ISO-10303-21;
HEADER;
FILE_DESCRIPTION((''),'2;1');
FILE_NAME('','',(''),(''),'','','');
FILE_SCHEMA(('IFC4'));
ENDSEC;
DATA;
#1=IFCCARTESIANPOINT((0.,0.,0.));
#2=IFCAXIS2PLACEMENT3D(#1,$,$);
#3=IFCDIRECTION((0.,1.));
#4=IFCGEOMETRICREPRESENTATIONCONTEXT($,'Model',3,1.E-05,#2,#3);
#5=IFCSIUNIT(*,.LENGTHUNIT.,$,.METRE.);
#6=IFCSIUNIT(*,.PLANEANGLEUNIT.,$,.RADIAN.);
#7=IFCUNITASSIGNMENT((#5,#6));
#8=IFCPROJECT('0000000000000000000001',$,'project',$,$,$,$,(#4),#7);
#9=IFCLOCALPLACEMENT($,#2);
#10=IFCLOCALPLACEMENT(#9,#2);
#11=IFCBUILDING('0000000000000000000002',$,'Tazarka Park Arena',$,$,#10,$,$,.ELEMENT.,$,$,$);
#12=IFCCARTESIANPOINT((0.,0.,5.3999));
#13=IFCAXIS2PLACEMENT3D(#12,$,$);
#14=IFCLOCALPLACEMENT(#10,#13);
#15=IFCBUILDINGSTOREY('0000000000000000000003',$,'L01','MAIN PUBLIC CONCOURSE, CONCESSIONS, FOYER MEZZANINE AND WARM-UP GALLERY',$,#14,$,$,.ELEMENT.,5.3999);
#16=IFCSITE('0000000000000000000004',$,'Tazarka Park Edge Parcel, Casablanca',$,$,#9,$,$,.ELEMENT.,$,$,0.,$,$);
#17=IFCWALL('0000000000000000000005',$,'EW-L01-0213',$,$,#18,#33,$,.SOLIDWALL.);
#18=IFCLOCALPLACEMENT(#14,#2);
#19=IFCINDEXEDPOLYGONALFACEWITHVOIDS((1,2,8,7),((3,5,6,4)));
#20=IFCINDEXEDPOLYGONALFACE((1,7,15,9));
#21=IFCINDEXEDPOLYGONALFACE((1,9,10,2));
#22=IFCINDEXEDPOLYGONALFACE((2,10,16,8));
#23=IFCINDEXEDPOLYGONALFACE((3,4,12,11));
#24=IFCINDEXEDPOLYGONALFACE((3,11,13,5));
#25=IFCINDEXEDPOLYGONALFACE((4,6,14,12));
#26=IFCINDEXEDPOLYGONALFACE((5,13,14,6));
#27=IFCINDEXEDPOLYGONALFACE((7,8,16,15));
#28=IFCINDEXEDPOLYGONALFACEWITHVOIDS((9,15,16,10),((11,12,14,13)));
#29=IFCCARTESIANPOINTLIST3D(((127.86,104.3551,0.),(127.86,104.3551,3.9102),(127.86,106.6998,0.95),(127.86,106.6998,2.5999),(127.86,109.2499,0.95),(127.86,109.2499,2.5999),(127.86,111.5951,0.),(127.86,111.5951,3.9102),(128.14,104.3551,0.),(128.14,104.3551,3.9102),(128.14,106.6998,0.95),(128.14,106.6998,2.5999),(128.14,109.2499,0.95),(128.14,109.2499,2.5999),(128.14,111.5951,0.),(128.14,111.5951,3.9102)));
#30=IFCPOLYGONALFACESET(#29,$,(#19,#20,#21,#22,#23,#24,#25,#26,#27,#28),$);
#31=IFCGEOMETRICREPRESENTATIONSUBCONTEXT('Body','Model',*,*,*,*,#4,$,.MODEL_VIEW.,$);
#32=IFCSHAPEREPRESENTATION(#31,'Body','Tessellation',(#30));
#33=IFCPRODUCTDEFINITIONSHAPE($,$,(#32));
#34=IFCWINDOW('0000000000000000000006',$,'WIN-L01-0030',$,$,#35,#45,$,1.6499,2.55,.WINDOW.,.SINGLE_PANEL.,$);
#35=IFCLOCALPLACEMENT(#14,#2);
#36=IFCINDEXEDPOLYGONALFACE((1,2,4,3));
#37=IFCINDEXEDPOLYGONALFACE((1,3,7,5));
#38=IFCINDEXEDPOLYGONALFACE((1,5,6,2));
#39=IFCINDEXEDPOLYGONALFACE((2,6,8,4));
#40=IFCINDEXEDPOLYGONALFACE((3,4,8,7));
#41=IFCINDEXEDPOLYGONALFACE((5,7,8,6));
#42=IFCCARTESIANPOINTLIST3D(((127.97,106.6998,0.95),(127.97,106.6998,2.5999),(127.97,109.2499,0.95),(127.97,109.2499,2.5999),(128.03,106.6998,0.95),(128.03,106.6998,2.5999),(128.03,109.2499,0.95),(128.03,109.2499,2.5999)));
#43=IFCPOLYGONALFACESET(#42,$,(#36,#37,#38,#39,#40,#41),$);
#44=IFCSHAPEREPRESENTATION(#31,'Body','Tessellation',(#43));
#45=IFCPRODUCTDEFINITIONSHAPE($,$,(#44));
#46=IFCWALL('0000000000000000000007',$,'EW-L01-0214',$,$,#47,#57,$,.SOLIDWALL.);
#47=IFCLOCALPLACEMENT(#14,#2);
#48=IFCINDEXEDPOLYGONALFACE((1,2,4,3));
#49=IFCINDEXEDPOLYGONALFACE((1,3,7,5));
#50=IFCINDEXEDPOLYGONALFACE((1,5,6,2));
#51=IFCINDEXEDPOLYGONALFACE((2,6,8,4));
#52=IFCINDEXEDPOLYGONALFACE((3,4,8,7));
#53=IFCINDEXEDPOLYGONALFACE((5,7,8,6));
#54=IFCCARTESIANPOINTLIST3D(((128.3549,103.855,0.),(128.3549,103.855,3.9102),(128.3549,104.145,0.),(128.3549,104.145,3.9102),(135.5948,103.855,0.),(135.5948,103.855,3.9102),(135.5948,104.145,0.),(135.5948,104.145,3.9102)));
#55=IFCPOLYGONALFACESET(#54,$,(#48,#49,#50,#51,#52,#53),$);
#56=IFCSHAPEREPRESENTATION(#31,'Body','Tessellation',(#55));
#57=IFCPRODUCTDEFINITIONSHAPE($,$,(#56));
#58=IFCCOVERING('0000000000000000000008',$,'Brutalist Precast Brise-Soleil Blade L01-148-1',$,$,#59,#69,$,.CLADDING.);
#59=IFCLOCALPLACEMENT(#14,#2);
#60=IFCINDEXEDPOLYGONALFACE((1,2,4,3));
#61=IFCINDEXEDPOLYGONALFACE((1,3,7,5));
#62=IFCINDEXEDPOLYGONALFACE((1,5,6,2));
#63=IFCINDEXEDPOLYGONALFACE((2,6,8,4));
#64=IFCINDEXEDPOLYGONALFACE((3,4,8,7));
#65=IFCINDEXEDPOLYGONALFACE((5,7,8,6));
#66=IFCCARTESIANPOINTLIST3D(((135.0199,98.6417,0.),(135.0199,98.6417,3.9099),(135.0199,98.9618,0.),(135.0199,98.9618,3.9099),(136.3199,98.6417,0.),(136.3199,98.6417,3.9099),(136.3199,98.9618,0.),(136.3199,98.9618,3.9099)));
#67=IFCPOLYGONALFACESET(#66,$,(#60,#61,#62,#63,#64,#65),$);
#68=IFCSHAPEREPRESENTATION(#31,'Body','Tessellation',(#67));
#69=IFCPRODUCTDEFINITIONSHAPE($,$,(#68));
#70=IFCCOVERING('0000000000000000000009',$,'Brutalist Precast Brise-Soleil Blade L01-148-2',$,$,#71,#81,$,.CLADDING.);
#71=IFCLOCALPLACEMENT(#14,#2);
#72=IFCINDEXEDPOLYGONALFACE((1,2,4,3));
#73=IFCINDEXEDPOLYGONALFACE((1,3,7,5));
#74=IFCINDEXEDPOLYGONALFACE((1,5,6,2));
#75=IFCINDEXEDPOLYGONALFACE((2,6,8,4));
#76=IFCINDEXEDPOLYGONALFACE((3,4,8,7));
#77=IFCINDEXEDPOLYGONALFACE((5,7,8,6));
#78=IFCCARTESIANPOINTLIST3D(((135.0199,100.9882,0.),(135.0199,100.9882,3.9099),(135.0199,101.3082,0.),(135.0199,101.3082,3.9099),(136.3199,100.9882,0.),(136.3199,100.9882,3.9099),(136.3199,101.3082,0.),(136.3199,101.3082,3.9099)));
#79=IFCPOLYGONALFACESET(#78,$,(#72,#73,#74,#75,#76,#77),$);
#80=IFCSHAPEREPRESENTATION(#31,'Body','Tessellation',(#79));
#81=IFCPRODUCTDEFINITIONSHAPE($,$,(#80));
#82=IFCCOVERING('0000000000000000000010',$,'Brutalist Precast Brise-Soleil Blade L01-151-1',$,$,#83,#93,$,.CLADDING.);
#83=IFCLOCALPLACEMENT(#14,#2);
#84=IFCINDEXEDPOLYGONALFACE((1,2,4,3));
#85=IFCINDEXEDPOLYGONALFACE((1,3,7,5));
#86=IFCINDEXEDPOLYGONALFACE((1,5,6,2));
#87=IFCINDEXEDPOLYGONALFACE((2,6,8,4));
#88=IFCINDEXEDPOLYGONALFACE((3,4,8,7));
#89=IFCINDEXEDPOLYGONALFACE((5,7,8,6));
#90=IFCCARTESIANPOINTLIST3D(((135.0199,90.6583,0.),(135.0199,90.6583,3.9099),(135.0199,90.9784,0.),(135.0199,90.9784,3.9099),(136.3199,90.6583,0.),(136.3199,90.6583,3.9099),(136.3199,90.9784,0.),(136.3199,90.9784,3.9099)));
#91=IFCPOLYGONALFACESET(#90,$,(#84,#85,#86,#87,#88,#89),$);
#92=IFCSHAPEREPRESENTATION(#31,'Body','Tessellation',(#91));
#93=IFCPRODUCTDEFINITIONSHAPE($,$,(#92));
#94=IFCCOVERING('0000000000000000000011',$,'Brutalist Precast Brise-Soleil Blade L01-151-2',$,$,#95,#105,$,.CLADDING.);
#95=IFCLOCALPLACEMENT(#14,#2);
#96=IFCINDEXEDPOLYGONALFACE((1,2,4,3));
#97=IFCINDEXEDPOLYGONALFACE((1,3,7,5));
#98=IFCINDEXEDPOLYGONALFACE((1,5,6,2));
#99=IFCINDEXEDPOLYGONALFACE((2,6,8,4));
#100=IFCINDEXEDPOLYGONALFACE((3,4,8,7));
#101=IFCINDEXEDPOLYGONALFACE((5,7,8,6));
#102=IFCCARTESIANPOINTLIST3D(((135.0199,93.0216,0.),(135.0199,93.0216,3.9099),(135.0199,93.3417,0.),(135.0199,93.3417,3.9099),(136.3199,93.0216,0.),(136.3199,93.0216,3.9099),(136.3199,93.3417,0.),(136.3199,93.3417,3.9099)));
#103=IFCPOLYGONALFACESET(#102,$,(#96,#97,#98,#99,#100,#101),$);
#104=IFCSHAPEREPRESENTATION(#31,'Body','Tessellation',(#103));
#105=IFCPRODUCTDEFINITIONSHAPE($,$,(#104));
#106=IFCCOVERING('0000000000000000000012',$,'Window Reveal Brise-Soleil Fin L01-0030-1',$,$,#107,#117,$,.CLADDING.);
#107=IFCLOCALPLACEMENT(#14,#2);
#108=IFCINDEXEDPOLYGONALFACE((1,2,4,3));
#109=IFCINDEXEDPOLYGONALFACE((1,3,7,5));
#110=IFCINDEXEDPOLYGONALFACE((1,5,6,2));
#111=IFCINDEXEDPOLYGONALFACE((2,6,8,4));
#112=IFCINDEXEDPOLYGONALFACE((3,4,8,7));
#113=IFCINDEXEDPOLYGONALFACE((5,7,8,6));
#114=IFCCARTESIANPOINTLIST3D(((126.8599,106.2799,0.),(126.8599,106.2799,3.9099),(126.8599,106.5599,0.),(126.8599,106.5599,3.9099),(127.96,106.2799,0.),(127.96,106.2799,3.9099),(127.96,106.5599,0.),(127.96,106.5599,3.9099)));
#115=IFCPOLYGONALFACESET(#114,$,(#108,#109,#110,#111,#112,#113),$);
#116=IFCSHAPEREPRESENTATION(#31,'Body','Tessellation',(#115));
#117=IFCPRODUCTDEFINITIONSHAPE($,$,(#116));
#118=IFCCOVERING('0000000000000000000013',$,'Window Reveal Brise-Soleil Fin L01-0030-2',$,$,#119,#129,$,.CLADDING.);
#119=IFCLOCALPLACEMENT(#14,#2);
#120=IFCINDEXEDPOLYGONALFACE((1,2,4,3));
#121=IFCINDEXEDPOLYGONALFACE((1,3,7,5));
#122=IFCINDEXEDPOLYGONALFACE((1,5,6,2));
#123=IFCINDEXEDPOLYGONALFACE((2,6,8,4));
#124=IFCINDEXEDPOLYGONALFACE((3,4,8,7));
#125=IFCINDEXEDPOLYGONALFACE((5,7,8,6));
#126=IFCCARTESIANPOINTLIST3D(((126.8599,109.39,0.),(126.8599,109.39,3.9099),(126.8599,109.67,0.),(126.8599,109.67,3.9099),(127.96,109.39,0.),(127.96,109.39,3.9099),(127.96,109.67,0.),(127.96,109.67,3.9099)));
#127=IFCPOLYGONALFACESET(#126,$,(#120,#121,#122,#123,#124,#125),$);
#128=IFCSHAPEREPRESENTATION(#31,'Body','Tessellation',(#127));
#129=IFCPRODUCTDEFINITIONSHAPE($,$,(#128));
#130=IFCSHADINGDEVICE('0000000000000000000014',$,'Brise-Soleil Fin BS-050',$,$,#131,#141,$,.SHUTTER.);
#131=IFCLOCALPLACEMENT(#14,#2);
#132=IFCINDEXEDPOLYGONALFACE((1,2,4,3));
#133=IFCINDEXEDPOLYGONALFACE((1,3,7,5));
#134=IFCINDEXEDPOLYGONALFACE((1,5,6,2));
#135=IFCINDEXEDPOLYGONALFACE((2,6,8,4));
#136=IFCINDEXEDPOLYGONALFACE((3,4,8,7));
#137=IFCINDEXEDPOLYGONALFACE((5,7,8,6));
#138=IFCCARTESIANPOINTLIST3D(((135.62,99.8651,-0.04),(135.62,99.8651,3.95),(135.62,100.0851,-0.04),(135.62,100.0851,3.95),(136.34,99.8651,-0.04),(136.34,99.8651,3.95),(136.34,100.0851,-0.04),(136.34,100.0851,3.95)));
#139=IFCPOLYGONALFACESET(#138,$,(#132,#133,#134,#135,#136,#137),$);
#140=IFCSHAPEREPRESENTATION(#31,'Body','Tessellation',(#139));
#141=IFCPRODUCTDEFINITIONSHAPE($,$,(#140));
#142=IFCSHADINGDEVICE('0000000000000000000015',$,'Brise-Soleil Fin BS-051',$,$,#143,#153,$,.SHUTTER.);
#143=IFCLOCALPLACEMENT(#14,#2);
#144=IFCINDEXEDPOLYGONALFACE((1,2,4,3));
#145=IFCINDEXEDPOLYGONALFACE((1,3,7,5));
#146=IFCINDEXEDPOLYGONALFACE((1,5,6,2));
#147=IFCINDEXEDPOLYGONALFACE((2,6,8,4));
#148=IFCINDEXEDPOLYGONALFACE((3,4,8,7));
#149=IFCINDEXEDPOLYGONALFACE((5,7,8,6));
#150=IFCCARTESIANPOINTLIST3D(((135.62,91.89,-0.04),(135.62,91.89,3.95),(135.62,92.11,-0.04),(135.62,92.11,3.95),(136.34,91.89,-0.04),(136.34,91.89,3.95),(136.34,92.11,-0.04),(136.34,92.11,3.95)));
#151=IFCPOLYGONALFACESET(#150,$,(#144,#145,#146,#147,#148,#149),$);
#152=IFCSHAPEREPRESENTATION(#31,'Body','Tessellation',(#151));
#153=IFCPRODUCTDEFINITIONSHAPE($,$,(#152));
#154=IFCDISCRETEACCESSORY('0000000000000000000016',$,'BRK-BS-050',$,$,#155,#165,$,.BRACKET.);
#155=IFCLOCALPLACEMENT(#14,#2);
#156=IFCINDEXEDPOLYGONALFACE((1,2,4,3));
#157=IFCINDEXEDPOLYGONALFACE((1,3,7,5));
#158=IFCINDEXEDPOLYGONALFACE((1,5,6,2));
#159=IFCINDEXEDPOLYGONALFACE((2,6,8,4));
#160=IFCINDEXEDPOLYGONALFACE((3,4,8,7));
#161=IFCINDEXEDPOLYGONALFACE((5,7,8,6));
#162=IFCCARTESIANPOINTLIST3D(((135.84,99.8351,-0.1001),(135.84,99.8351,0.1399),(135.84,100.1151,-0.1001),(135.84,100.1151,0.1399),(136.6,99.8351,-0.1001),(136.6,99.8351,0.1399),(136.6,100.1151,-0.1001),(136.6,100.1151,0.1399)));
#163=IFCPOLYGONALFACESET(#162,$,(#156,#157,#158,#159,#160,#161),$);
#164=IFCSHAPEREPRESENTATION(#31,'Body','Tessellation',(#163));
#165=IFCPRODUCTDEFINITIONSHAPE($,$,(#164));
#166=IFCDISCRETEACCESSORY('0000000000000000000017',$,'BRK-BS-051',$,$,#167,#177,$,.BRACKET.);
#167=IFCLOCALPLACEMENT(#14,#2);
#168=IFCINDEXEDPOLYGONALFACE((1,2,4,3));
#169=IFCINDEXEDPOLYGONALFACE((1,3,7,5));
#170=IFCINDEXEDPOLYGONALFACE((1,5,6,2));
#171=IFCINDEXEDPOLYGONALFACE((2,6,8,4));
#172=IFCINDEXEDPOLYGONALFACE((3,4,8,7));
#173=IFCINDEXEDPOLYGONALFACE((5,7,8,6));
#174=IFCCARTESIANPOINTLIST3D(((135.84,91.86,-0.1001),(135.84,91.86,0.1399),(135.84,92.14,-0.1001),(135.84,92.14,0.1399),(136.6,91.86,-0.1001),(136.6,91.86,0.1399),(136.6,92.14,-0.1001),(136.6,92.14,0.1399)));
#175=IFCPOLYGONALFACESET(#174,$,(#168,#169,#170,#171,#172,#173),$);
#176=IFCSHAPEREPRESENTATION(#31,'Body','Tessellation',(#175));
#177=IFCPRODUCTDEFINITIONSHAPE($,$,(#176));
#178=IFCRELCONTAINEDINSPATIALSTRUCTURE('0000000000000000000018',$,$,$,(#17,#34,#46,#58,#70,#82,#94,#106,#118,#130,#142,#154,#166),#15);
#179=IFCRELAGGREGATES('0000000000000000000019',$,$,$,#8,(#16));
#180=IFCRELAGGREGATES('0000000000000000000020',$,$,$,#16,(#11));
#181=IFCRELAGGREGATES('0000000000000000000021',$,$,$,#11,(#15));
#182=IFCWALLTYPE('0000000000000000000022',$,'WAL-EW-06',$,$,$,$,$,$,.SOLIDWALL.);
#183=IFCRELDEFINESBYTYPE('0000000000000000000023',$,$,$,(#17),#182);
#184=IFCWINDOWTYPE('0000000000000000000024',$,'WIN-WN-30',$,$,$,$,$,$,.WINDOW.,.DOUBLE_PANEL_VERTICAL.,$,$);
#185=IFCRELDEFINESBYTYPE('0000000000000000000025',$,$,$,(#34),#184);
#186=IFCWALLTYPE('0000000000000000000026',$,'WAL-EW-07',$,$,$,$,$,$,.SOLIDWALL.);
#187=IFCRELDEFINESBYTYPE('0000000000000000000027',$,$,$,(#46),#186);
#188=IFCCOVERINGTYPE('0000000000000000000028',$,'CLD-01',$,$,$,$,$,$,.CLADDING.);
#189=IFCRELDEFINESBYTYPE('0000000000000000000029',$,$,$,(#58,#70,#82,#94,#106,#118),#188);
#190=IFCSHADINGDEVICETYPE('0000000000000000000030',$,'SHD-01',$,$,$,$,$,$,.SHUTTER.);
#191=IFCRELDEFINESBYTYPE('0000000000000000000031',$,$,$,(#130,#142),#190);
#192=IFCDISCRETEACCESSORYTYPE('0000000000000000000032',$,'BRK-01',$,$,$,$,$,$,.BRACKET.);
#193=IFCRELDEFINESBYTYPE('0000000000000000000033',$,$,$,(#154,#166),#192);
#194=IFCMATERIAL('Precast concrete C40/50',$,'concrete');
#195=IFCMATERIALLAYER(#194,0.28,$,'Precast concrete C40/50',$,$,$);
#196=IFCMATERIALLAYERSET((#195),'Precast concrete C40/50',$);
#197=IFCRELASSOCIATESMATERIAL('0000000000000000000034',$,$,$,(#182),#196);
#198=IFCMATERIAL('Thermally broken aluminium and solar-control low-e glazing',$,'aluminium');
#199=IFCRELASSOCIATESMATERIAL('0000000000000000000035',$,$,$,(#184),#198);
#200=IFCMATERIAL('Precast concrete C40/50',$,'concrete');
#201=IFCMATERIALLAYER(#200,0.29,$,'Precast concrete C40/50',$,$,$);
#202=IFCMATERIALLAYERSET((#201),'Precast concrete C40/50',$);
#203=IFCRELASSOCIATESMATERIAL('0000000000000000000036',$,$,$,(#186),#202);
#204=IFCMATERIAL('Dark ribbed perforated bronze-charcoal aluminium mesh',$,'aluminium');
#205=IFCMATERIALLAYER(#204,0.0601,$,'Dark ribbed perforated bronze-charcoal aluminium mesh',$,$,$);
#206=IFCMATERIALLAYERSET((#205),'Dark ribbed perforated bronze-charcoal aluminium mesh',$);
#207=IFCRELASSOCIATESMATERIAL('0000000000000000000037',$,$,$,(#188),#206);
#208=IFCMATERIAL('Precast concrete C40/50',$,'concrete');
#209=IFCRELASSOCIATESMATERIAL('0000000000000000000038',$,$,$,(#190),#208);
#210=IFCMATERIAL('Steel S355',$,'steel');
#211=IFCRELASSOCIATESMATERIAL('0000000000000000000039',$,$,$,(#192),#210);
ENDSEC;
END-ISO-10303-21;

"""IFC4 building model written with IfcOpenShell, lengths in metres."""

from ifc_helpers import new_model, si_unit, direction, frame, frame_2d, origin, origin_2d, place, context, subcontext, project, spatial, rectangle, extrude, material, layer, layer_set, type_object, element, fill, save


model = new_model("IFC4")

# Units and contexts
model_context = context("Model", 3, precision=1e-05, world=origin(), true_north=direction((0.0, 1.0)))
body_context = subcontext(model_context, "Body", "Model", "MODEL_VIEW")
ifc_project = project(units=[si_unit("LENGTHUNIT", "METRE"), si_unit("PLANEANGLEUNIT", "RADIAN")], contexts=[model_context])

# Site, building, storey
site_placement = place(None, origin())
site = spatial("IfcSite", under=ifc_project, at=site_placement, Name="Tazarka Park Edge Parcel, Casablanca", CompositionType="ELEMENT", RefElevation=0.0)
building_placement = place(site_placement, origin())
building = spatial("IfcBuilding", under=site, at=building_placement, Name="Tazarka Park Arena", CompositionType="ELEMENT")
storey_placement = place(building_placement, frame((0.0, 0.0, 5.3999)))
storey = spatial("IfcBuildingStorey", under=building, at=storey_placement, Name="L01", Description="MAIN PUBLIC CONCOURSE, CONCESSIONS, FOYER MEZZANINE AND WARM-UP GALLERY", CompositionType="ELEMENT", Elevation=5.3999)

# Wall, opening, window
ifc_material_1 = material(Name="Precast concrete C40/50", Category="concrete")
ifc_layer_1 = layer(ifc_material_1, 0.28, Name="Precast concrete C40/50")
ifc_layer_set_1 = layer_set([ifc_layer_1], Name="Precast concrete C40/50")
wall_type_1 = type_object("IfcWallType", Name="WAL-EW-06", PredefinedType="SOLIDWALL", material=ifc_layer_set_1)
wall_1_placement = place(storey_placement, frame((128.0, 104.355, 0.0), z_axis=(0.0, 0.0, 1.0), x_axis=(0.0, 1.0, 0.0)))
wall_1 = element("IfcWall", 1, at=wall_1_placement, inside=storey, type_object=wall_type_1, Name="EW-L01-0213", PredefinedType="SOLIDWALL", context=body_context, shape_type="SweptSolid", body=[
    extrude(rectangle(XDim=7.24, YDim=0.28, at=frame_2d((3.6201, 0.0))), origin(), (0.0, 0.0, 1.0), 3.9102),
])
opening_placement = place(wall_1_placement, frame((2.345, 0.0, 0.95)))
opening = element("IfcOpeningElement", 2, at=opening_placement, cuts=wall_1, PredefinedType="OPENING", context=body_context, shape_type="SweptSolid", body=[
    extrude(rectangle(XDim=2.55, YDim=1.6499, at=frame_2d((1.2749, 0.825))), frame((0.0, 0.1499, 0.0), z_axis=(0.0, -1.0, 0.0), x_axis=(1.0, 0.0, 0.0)), (0.0, 0.0, 1.0), 0.3),
])
ifc_material_2 = material(Name="Thermally broken aluminium and solar-control low-e glazing", Category="aluminium")
window_type = type_object("IfcWindowType", Name="WIN-WN-30", PartitioningType="DOUBLE_PANEL_VERTICAL", PredefinedType="WINDOW", material=ifc_material_2)
window_placement = place(opening_placement, origin())
window = element("IfcWindow", 3, at=window_placement, inside=storey, type_object=window_type, Name="WIN-L01-0030", OverallHeight=1.6499, OverallWidth=2.55, PartitioningType="SINGLE_PANEL", PredefinedType="WINDOW", context=body_context, shape_type="SweptSolid", body=[
    extrude(rectangle(XDim=2.55, YDim=1.6499, at=frame_2d((1.2749, 0.825))), frame((0.0, 0.03, 0.0), z_axis=(0.0, -1.0, 0.0), x_axis=(1.0, 0.0, 0.0)), (0.0, 0.0, 1.0), 0.0601),
])
fill(opening, window)

# Wall
ifc_material_3 = material(Name="Precast concrete C40/50", Category="concrete")
ifc_layer_2 = layer(ifc_material_3, 0.29, Name="Precast concrete C40/50")
ifc_layer_set_2 = layer_set([ifc_layer_2], Name="Precast concrete C40/50")
wall_type_2 = type_object("IfcWallType", Name="WAL-EW-07", PredefinedType="SOLIDWALL", material=ifc_layer_set_2)
wall_2_placement = place(storey_placement, frame((135.595, 104.0, 0.0), z_axis=(0.0, 0.0, 1.0), x_axis=(-1.0, 0.0, 0.0)))
element("IfcWall", 4, at=wall_2_placement, inside=storey, type_object=wall_type_2, Name="EW-L01-0214", PredefinedType="SOLIDWALL", context=body_context, shape_type="SweptSolid", body=[
    extrude(rectangle(XDim=7.24, YDim=0.29, at=frame_2d((3.6201, 0.0))), origin(), (0.0, 0.0, 1.0), 3.9102),
])

# Coverings
ifc_material_4 = material(Name="Dark ribbed perforated bronze-charcoal aluminium mesh", Category="aluminium")
ifc_layer_3 = layer(ifc_material_4, 0.0601, Name="Dark ribbed perforated bronze-charcoal aluminium mesh")
ifc_layer_set_3 = layer_set([ifc_layer_3], Name="Dark ribbed perforated bronze-charcoal aluminium mesh")
covering_type = type_object("IfcCoveringType", Name="CLD-01", PredefinedType="CLADDING", material=ifc_layer_set_3)
for number, where, z_axis, x_axis, name in (
    (5, (135.6699, 98.8018, 0.0), (0.0, 0.0, 1.0), (0.0, 1.0, 0.0), "Brutalist Precast Brise-Soleil Blade L01-148-1"),
    (6, (135.6699, 101.1482, 0.0), (0.0, 0.0, 1.0), (0.0, 1.0, 0.0), "Brutalist Precast Brise-Soleil Blade L01-148-2"),
    (7, (135.6699, 90.8184, 0.0), (0.0, 0.0, 1.0), (0.0, 1.0, 0.0), "Brutalist Precast Brise-Soleil Blade L01-151-1"),
    (8, (135.6699, 93.1816, 0.0), (0.0, 0.0, 1.0), (0.0, 1.0, 0.0), "Brutalist Precast Brise-Soleil Blade L01-151-2"),
):
    element("IfcCovering", number, at=place(storey_placement, frame(where, z_axis=z_axis, x_axis=x_axis)), inside=storey, type_object=covering_type, Name=name, PredefinedType="CLADDING", context=body_context, shape_type="SweptSolid", body=[
        extrude(rectangle(XDim=0.3201, YDim=1.3, at=origin_2d()), origin(), (0.0, 0.0, 1.0), 3.9099),
    ])
for number, where, z_axis, x_axis, name in (
    (9, (127.4099, 106.4199, 0.0), (0.0, 0.0, 1.0), (0.0, 1.0, 0.0), "Window Reveal Brise-Soleil Fin L01-0030-1"),
    (10, (127.4099, 109.53, 0.0), (0.0, 0.0, 1.0), (0.0, 1.0, 0.0), "Window Reveal Brise-Soleil Fin L01-0030-2"),
):
    element("IfcCovering", number, at=place(storey_placement, frame(where, z_axis=z_axis, x_axis=x_axis)), inside=storey, type_object=covering_type, Name=name, PredefinedType="CLADDING", context=body_context, shape_type="SweptSolid", body=[
        extrude(rectangle(XDim=0.28, YDim=1.1001, at=origin_2d()), origin(), (0.0, 0.0, 1.0), 3.9099),
    ])

# Shading devices
ifc_material_5 = material(Name="Precast concrete C40/50", Category="concrete")
shading_device_type = type_object("IfcShadingDeviceType", Name="SHD-01", PredefinedType="SHUTTER", material=ifc_material_5)
for number, where, z_axis, x_axis, name in (
    (11, (135.98, 99.9751, -0.04), (0.0, 0.0, 1.0), (0.0, 1.0, 0.0), "Brise-Soleil Fin BS-050"),
    (12, (135.98, 92.0, -0.04), (0.0, 0.0, 1.0), (0.0, 1.0, 0.0), "Brise-Soleil Fin BS-051"),
):
    element("IfcShadingDevice", number, at=place(storey_placement, frame(where, z_axis=z_axis, x_axis=x_axis)), inside=storey, type_object=shading_device_type, Name=name, PredefinedType="SHUTTER", context=body_context, shape_type="SweptSolid", body=[
        extrude(rectangle(XDim=0.22, YDim=0.72, at=origin_2d()), origin(), (0.0, 0.0, 1.0), 3.99),
    ])

# Discrete accessories
ifc_material_6 = material(Name="Steel S355", Category="steel")
discrete_accessory_type = type_object("IfcDiscreteAccessoryType", Name="BRK-01", PredefinedType="BRACKET", material=ifc_material_6)
for number, where, z_axis, x_axis, name in (
    (13, (136.22, 99.9751, -0.1001), (0.0, 0.0, 1.0), (0.0, 1.0, 0.0), "BRK-BS-050"),
    (14, (136.22, 92.0, -0.1001), (0.0, 0.0, 1.0), (0.0, 1.0, 0.0), "BRK-BS-051"),
):
    element("IfcDiscreteAccessory", number, at=place(storey_placement, frame(where, z_axis=z_axis, x_axis=x_axis)), inside=storey, type_object=discrete_accessory_type, Name=name, PredefinedType="BRACKET", context=body_context, shape_type="SweptSolid", body=[
        extrude(rectangle(XDim=0.28, YDim=0.76, at=origin_2d()), origin(), (0.0, 0.0, 1.0), 0.24),
    ])

save(model, "model.ifc")
